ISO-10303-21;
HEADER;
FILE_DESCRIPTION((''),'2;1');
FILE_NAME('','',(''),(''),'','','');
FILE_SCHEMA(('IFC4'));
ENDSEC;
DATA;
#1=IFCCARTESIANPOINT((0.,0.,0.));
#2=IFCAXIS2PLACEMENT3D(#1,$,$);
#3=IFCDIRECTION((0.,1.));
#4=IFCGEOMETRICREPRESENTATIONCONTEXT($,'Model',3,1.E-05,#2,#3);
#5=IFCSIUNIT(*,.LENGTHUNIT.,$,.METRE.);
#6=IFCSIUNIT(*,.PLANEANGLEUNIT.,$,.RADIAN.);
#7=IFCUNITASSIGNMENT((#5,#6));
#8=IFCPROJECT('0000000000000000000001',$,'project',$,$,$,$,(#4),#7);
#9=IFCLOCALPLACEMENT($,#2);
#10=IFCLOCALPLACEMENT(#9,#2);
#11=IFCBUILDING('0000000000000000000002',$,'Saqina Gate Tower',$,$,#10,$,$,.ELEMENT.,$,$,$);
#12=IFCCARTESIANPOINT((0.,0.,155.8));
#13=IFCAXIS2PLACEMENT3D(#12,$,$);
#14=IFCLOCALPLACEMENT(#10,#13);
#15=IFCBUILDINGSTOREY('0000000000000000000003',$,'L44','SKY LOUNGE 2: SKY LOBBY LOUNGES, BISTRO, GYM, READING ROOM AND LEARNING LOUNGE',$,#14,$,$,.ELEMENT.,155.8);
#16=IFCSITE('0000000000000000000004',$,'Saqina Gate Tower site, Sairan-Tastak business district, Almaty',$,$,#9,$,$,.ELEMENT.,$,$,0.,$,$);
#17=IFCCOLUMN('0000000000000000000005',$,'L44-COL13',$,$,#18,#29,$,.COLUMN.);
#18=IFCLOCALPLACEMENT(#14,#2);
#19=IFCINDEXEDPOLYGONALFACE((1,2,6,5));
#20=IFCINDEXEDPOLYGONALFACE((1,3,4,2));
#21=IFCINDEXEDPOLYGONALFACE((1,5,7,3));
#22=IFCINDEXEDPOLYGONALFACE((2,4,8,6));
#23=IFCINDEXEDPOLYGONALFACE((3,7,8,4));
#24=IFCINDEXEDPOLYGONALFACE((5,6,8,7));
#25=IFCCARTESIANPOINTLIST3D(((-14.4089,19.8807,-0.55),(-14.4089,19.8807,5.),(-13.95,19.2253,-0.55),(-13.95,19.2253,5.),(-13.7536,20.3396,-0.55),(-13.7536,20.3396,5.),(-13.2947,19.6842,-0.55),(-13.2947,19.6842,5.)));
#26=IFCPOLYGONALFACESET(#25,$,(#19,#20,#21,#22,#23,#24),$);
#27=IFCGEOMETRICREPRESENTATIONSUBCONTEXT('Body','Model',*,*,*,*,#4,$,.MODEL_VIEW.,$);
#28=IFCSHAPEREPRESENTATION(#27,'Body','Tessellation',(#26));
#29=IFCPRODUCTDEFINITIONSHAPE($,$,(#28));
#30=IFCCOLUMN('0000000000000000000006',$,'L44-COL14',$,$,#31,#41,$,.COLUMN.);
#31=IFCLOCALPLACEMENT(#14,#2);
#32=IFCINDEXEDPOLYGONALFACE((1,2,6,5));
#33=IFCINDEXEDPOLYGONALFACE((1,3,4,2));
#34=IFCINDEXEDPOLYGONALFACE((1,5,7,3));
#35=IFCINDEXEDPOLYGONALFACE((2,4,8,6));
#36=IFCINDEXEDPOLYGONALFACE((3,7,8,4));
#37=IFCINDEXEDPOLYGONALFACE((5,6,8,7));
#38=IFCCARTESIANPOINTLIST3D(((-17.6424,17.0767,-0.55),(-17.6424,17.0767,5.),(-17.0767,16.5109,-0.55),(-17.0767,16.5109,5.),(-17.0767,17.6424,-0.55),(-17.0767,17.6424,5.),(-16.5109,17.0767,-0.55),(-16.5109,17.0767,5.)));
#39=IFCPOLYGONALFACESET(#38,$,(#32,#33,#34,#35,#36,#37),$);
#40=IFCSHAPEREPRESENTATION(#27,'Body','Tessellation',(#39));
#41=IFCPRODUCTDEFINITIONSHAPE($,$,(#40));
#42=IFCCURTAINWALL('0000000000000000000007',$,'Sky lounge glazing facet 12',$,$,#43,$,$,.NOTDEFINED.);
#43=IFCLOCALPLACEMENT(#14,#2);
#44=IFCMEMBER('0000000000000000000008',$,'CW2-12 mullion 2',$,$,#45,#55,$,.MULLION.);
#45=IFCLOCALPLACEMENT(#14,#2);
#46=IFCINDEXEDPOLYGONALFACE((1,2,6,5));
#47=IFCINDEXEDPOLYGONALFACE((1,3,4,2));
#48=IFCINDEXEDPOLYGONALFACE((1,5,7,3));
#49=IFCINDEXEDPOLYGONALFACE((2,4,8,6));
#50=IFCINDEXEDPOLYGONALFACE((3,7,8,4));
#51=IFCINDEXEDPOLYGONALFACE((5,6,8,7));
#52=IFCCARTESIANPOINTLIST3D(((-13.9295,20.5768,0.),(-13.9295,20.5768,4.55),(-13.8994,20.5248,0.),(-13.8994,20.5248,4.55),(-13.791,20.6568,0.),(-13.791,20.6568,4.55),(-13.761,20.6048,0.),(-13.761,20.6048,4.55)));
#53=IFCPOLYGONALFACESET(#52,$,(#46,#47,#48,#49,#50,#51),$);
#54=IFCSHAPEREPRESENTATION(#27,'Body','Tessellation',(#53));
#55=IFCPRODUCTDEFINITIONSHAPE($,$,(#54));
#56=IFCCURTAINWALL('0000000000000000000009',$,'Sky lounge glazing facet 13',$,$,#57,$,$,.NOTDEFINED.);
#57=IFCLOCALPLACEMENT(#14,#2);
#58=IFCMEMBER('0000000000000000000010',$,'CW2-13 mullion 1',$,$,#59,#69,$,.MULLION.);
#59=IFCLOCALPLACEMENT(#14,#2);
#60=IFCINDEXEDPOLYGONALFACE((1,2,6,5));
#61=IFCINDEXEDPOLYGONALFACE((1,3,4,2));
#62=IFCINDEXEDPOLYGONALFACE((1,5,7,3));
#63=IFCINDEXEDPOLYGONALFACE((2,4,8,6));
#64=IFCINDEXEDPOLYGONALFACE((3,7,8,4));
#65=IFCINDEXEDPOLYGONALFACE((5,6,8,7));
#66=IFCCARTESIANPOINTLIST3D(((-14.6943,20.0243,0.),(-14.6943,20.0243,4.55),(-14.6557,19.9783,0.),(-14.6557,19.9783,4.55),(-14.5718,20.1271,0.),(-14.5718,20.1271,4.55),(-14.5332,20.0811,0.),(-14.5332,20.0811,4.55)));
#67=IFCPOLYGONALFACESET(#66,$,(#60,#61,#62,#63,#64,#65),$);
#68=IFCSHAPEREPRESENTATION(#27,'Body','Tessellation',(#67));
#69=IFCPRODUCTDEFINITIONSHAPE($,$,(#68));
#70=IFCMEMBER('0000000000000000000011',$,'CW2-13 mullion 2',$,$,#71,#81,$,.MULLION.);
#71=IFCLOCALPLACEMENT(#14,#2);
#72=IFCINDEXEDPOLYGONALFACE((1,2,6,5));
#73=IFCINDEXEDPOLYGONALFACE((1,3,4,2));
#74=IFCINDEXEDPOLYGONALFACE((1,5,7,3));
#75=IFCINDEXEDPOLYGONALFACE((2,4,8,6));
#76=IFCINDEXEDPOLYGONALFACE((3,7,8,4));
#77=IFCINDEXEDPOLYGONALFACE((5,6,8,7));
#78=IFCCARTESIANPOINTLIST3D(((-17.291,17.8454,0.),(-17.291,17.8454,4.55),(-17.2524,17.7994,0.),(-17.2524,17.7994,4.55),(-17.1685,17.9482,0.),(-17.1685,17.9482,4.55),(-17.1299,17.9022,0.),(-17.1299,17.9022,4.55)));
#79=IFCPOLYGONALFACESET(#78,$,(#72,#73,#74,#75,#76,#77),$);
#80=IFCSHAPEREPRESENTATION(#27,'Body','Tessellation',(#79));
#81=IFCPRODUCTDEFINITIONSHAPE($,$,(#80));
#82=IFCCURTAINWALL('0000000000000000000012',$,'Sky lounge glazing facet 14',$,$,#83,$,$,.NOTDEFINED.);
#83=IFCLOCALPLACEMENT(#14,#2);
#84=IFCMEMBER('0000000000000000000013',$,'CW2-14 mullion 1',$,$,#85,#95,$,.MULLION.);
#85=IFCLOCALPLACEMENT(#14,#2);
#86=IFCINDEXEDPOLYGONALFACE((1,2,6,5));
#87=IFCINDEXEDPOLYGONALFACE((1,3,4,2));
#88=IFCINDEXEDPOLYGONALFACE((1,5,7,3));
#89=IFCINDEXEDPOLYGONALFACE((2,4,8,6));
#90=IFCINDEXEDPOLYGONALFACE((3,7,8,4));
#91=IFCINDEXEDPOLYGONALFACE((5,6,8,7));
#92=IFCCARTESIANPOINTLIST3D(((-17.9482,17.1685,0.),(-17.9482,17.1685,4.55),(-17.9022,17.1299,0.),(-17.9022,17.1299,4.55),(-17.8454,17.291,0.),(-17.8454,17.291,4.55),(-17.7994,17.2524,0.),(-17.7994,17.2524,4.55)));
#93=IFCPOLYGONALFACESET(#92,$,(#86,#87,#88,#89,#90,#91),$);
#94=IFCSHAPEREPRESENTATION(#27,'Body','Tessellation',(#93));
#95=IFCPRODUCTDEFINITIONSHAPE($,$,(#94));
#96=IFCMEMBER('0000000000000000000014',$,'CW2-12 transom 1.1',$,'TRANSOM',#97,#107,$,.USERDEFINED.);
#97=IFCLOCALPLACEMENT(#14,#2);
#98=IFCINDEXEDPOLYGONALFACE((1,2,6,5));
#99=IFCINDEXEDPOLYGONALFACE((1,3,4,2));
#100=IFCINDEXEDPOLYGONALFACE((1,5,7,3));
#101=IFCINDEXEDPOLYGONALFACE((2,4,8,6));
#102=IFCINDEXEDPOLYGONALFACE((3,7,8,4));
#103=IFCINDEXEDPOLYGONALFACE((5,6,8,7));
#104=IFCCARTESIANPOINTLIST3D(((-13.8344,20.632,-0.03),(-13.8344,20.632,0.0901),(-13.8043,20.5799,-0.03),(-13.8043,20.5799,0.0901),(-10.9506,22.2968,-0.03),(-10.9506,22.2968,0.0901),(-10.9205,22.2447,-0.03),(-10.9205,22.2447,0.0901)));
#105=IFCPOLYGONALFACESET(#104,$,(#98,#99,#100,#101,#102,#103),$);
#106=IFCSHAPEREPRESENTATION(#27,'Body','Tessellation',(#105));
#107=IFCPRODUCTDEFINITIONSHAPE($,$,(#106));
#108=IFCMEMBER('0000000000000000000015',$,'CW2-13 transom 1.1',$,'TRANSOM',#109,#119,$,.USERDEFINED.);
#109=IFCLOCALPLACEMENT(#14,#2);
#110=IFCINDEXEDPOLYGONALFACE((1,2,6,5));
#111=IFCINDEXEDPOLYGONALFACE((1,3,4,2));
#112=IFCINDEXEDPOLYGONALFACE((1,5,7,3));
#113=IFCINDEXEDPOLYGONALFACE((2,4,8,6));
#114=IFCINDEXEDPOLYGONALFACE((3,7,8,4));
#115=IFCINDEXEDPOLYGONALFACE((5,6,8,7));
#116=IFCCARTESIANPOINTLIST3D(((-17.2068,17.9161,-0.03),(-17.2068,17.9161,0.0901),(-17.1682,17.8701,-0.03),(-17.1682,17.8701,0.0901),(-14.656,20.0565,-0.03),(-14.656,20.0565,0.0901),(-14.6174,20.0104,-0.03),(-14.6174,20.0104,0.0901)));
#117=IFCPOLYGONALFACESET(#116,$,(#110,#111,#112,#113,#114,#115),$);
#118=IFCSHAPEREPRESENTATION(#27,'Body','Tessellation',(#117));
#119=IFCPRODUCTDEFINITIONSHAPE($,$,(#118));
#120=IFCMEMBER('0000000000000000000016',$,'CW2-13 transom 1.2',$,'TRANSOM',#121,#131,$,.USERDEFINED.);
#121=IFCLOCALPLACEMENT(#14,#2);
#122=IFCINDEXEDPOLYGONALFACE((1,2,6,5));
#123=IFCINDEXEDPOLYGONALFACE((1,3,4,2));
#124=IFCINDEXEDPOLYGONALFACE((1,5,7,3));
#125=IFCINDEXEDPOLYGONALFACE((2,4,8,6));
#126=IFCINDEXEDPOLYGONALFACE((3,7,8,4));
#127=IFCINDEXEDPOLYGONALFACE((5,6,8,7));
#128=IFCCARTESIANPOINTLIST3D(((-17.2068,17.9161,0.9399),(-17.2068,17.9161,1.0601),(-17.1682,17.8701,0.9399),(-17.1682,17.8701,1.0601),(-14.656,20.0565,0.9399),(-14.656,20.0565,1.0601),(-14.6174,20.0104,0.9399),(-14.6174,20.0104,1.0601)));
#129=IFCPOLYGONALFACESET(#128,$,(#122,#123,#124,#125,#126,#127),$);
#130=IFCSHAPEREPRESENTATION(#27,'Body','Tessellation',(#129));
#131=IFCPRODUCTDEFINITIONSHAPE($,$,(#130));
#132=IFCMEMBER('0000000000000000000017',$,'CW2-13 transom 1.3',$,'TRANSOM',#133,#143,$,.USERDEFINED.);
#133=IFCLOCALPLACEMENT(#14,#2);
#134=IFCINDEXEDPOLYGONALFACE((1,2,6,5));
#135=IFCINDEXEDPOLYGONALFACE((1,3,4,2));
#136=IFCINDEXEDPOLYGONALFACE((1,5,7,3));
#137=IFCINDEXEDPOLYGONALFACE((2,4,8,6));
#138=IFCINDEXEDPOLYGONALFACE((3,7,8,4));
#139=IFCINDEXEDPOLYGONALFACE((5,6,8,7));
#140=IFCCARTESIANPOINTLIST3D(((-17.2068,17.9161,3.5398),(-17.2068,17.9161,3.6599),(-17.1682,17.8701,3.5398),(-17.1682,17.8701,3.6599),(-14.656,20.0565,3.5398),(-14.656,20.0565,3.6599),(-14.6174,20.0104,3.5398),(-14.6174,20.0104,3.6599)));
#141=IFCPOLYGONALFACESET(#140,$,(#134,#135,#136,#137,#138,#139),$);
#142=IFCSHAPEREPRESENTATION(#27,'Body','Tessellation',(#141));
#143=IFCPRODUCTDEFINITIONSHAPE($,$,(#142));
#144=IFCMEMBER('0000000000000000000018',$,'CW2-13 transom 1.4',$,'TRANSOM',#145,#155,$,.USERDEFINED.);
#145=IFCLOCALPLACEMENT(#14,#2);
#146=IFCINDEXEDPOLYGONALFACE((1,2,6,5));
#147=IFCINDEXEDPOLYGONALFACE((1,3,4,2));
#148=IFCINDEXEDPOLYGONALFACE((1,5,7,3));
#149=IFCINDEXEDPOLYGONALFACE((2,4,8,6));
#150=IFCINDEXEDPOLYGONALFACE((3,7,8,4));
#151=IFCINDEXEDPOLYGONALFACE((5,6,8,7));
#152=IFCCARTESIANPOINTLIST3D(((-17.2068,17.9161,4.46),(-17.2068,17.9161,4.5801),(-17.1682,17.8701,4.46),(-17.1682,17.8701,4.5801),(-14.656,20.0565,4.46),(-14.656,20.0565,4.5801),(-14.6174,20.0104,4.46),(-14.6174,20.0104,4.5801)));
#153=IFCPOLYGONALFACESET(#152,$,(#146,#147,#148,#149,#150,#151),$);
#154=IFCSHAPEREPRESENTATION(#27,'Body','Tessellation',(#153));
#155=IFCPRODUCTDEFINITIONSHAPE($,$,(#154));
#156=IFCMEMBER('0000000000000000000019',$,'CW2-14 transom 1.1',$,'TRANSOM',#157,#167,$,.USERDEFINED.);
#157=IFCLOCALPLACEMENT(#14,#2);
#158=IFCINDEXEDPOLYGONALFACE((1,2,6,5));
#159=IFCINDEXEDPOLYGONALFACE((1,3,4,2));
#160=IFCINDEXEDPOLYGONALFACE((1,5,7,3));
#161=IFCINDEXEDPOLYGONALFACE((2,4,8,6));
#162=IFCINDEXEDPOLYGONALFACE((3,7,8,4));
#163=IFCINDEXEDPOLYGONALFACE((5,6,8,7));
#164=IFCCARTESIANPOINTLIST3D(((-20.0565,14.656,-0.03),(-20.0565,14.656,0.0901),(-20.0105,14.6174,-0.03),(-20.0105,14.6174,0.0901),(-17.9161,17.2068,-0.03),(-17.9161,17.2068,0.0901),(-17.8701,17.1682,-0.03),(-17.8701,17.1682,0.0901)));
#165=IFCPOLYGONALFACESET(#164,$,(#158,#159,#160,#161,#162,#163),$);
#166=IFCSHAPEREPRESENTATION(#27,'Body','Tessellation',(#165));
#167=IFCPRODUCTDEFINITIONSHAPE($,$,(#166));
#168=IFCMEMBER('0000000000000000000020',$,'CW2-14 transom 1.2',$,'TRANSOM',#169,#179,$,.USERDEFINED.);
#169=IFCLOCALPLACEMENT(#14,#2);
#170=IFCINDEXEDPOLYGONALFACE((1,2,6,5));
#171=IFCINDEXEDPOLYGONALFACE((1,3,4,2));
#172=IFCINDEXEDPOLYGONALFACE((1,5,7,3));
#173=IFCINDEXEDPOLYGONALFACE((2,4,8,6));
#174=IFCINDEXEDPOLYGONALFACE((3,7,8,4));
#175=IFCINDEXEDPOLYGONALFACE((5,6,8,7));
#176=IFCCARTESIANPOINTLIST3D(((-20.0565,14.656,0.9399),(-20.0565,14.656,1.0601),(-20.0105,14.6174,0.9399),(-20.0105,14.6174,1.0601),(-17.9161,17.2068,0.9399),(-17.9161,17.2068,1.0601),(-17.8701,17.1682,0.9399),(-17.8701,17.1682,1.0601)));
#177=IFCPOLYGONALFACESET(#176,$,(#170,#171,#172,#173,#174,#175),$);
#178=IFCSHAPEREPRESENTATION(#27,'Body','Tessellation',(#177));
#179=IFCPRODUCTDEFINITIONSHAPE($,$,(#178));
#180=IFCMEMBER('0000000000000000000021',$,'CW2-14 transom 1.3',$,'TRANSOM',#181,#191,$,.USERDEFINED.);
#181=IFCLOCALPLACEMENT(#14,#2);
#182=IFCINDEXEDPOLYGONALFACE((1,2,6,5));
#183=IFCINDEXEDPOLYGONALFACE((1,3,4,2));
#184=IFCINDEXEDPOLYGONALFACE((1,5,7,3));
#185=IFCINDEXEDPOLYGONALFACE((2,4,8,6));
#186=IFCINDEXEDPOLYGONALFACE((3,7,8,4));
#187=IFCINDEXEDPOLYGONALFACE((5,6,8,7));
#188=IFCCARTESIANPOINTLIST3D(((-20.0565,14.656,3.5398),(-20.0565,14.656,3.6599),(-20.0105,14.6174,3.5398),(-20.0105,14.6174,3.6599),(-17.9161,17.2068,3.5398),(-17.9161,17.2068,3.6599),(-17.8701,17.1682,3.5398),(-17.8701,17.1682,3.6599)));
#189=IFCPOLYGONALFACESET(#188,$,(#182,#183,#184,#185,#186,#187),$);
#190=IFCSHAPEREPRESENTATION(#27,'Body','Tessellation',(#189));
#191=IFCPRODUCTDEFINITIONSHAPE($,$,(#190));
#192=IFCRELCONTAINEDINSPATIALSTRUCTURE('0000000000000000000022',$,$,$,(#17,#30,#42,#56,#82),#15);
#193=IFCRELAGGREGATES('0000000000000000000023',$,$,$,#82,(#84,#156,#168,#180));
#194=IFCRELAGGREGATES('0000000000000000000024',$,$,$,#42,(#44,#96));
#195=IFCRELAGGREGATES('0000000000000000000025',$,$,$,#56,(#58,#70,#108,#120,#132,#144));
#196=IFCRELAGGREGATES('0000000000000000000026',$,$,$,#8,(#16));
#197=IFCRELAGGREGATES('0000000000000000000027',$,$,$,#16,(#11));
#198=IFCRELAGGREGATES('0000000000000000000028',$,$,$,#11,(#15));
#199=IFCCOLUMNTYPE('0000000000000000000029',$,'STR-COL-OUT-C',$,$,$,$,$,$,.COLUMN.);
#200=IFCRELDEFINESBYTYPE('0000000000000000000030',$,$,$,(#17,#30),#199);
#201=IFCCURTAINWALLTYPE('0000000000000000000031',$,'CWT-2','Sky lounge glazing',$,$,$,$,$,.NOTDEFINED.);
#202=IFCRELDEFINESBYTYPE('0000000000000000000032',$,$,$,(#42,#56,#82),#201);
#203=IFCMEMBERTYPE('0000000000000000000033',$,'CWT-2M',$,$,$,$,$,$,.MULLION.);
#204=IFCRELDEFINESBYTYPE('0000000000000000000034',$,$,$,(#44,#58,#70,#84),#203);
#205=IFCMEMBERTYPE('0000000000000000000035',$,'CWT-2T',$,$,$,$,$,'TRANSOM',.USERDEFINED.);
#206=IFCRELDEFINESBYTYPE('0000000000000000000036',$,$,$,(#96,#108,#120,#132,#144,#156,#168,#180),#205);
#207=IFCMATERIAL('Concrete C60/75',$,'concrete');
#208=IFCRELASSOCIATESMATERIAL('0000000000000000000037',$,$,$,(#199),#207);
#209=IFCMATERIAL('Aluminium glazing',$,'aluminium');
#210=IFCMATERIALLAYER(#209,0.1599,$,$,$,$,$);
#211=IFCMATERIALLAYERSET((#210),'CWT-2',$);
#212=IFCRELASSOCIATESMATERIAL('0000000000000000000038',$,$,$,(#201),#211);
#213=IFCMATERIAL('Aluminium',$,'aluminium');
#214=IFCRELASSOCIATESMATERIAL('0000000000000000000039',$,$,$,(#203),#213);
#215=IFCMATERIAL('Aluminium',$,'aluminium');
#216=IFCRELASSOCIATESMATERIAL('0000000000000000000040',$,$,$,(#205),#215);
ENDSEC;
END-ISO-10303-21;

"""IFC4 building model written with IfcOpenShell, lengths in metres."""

from ifc_helpers import new_model, si_unit, direction, frame, origin, origin_2d, place, context, subcontext, project, spatial, rectangle, extrude, material, layer, layer_set, material_profile, profile_set, type_object, element, aggregate, save


model = new_model("IFC4")

# Units and contexts
model_context = context("Model", 3, precision=1e-05, world=origin(), true_north=direction((0.0, 1.0)))
body_context = subcontext(model_context, "Body", "Model", "MODEL_VIEW")
ifc_project = project(units=[si_unit("LENGTHUNIT", "METRE"), si_unit("PLANEANGLEUNIT", "RADIAN")], contexts=[model_context])

# Site, building, storey
site_placement = place(None, origin())
site = spatial("IfcSite", under=ifc_project, at=site_placement, Name="Saqina Gate Tower site, Sairan-Tastak business district, Almaty", CompositionType="ELEMENT", RefElevation=0.0)
building_placement = place(site_placement, origin())
building = spatial("IfcBuilding", under=site, at=building_placement, Name="Saqina Gate Tower", CompositionType="ELEMENT")
storey_placement = place(building_placement, frame((0.0, 0.0, 155.8)))
storey = spatial("IfcBuildingStorey", under=building, at=storey_placement, Name="L44", Description="SKY LOUNGE 2: SKY LOBBY LOUNGES, BISTRO, GYM, READING ROOM AND LEARNING LOUNGE", CompositionType="ELEMENT", Elevation=155.8)

# Columns
ifc_material_1 = material(Name="Concrete C60/75", Category="concrete")
ifc_material_profile_1 = material_profile(ifc_material_1, rectangle(XDim=0.8, YDim=0.8, at=origin_2d()), Name="RC 800x800")
ifc_profile_set_1 = profile_set([ifc_material_profile_1], Name="Concrete C60/75")
column_type = type_object("IfcColumnType", Name="STR-COL-OUT-C", PredefinedType="COLUMN", material=ifc_profile_set_1)
for number, where, z_axis, x_axis, name in (
    (1, (-13.8518, 19.7825, -0.55), (0.0, 0.0, 1.0), (-0.573576, 0.819152, 0.0), "L44-COL13"),
    (2, (-17.0767, 17.0767, -0.55), (0.0, 0.0, 1.0), (-0.707107, 0.707107, 0.0), "L44-COL14"),
):
    element("IfcColumn", number, at=place(storey_placement, frame(where, z_axis=z_axis, x_axis=x_axis)), inside=storey, type_object=column_type, Name=name, PredefinedType="COLUMN", context=body_context, shape_type="SweptSolid", body=[
        extrude(rectangle(XDim=0.8, YDim=0.8, at=origin_2d()), origin(), (0.0, 0.0, 1.0), 5.55),
    ])

# Curtain wall, member
ifc_material_2 = material(Name="Aluminium glazing", Category="aluminium")
ifc_layer_1 = layer(ifc_material_2, 0.1599)
ifc_layer_set_1 = layer_set([ifc_layer_1], Name="CWT-2")
curtain_wall_type = type_object("IfcCurtainWallType", Name="CWT-2", Description="Sky lounge glazing", PredefinedType="NOTDEFINED", material=ifc_layer_set_1)
curtain_wall_1_placement = place(storey_placement, origin())
curtain_wall_1 = element("IfcCurtainWall", 3, at=curtain_wall_1_placement, inside=storey, type_object=curtain_wall_type, Name="Sky lounge glazing facet 12", PredefinedType="NOTDEFINED")
ifc_material_3 = material(Name="Aluminium", Category="aluminium")
ifc_material_profile_2 = material_profile(ifc_material_3, rectangle(XDim=0.0601, YDim=0.1599, at=origin_2d()), Name="Aluminium 60x160")
ifc_profile_set_2 = profile_set([ifc_material_profile_2], Name="Aluminium")
member_type_1 = type_object("IfcMemberType", Name="CWT-2M", PredefinedType="MULLION", material=ifc_profile_set_2)
member_1_placement = place(storey_placement, frame((-13.8452, 20.5908, 0.0), z_axis=(0.0, 0.0, 1.0), x_axis=(0.500014, -0.866017, 0.0)))
member_1 = element("IfcMember", 4, at=member_1_placement, type_object=member_type_1, Name="CW2-12 mullion 2", PredefinedType="MULLION", context=body_context, shape_type="SweptSolid", body=[
    extrude(rectangle(XDim=0.0601, YDim=0.1599, at=origin_2d()), origin(), (0.0, 0.0, 1.0), 4.55),
])

# Curtain wall, members
curtain_wall_2_placement = place(storey_placement, origin())
curtain_wall_2 = element("IfcCurtainWall", 5, at=curtain_wall_2_placement, inside=storey, type_object=curtain_wall_type, Name="Sky lounge glazing facet 13", PredefinedType="NOTDEFINED")
member_2_placement = place(storey_placement, frame((-14.6138, 20.0527, 0.0), z_axis=(0.0, 0.0, 1.0), x_axis=(0.64279, -0.766043, 0.0)))
member_2 = element("IfcMember", 6, at=member_2_placement, type_object=member_type_1, Name="CW2-13 mullion 1", PredefinedType="MULLION", context=body_context, shape_type="SweptSolid", body=[
    extrude(rectangle(XDim=0.0601, YDim=0.1599, at=origin_2d()), origin(), (0.0, 0.0, 1.0), 4.55),
])
member_3_placement = place(storey_placement, frame((-17.2104, 17.8738, 0.0), z_axis=(0.0, 0.0, 1.0), x_axis=(0.64279, -0.766043, 0.0)))
member_3 = element("IfcMember", 7, at=member_3_placement, type_object=member_type_1, Name="CW2-13 mullion 2", PredefinedType="MULLION", context=body_context, shape_type="SweptSolid", body=[
    extrude(rectangle(XDim=0.0601, YDim=0.1599, at=origin_2d()), origin(), (0.0, 0.0, 1.0), 4.55),
])

# Curtain wall, member
curtain_wall_3_placement = place(storey_placement, origin())
curtain_wall_3 = element("IfcCurtainWall", 8, at=curtain_wall_3_placement, inside=storey, type_object=curtain_wall_type, Name="Sky lounge glazing facet 14", PredefinedType="NOTDEFINED")
member_4_placement = place(storey_placement, frame((-17.8738, 17.2104, 0.0), z_axis=(0.0, 0.0, 1.0), x_axis=(0.766043, -0.64279, 0.0)))
member_4 = element("IfcMember", 9, at=member_4_placement, type_object=member_type_1, Name="CW2-14 mullion 1", PredefinedType="MULLION", context=body_context, shape_type="SweptSolid", body=[
    extrude(rectangle(XDim=0.0601, YDim=0.1599, at=origin_2d()), origin(), (0.0, 0.0, 1.0), 4.55),
])

# Members
ifc_material_4 = material(Name="Aluminium", Category="aluminium")
ifc_material_profile_3 = material_profile(ifc_material_4, rectangle(XDim=0.0601, YDim=0.1201, at=origin_2d()), Name="Aluminium 60x120")
ifc_profile_set_3 = profile_set([ifc_material_profile_3], Name="Aluminium")
member_type_2 = type_object("IfcMemberType", Name="CWT-2T", ElementType="TRANSOM", PredefinedType="USERDEFINED", material=ifc_profile_set_3)
member_5_placement = place(storey_placement, frame((-10.9355, 22.2708, 0.03), z_axis=(-0.866046, -0.499964, 0.0), x_axis=(0.499964, -0.866046, 0.0)))
member_5 = element("IfcMember", 10, at=member_5_placement, type_object=member_type_2, Name="CW2-12 transom 1.1", ObjectType="TRANSOM", PredefinedType="USERDEFINED", context=body_context, shape_type="SweptSolid", body=[
    extrude(rectangle(XDim=0.0601, YDim=0.1201, at=origin_2d()), origin(), (0.0, 0.0, 1.0), 3.3298),
])
member_6_placement = place(storey_placement, frame((-14.6367, 20.0334, 0.03), z_axis=(-0.766041, -0.642791, 0.0), x_axis=(0.642791, -0.766041, 0.0)))
member_6 = element("IfcMember", 11, at=member_6_placement, type_object=member_type_2, Name="CW2-13 transom 1.1", ObjectType="TRANSOM", PredefinedType="USERDEFINED", context=body_context, shape_type="SweptSolid", body=[
    extrude(rectangle(XDim=0.0601, YDim=0.1201, at=origin_2d()), origin(), (0.0, 0.0, 1.0), 3.3298),
])
member_7_placement = place(storey_placement, frame((-14.6367, 20.0334, 1.0), z_axis=(-0.766041, -0.642791, 0.0), x_axis=(0.642791, -0.766041, 0.0)))
member_7 = element("IfcMember", 12, at=member_7_placement, type_object=member_type_2, Name="CW2-13 transom 1.2", ObjectType="TRANSOM", PredefinedType="USERDEFINED", context=body_context, shape_type="SweptSolid", body=[
    extrude(rectangle(XDim=0.0601, YDim=0.1201, at=origin_2d()), origin(), (0.0, 0.0, 1.0), 3.3298),
])
member_8_placement = place(storey_placement, frame((-14.6367, 20.0334, 3.5999), z_axis=(-0.766041, -0.642791, 0.0), x_axis=(0.642791, -0.766041, 0.0)))
member_8 = element("IfcMember", 13, at=member_8_placement, type_object=member_type_2, Name="CW2-13 transom 1.3", ObjectType="TRANSOM", PredefinedType="USERDEFINED", context=body_context, shape_type="SweptSolid", body=[
    extrude(rectangle(XDim=0.0601, YDim=0.1201, at=origin_2d()), origin(), (0.0, 0.0, 1.0), 3.3298),
])
member_9_placement = place(storey_placement, frame((-14.6367, 20.0334, 4.52), z_axis=(-0.766041, -0.642791, 0.0), x_axis=(0.642791, -0.766041, 0.0)))
member_9 = element("IfcMember", 14, at=member_9_placement, type_object=member_type_2, Name="CW2-13 transom 1.4", ObjectType="TRANSOM", PredefinedType="USERDEFINED", context=body_context, shape_type="SweptSolid", body=[
    extrude(rectangle(XDim=0.0601, YDim=0.1201, at=origin_2d()), origin(), (0.0, 0.0, 1.0), 3.3298),
])
member_10_placement = place(storey_placement, frame((-17.8931, 17.1875, 0.03), z_axis=(-0.642791, -0.766041, 0.0), x_axis=(0.766041, -0.642791, 0.0)))
member_10 = element("IfcMember", 15, at=member_10_placement, type_object=member_type_2, Name="CW2-14 transom 1.1", ObjectType="TRANSOM", PredefinedType="USERDEFINED", context=body_context, shape_type="SweptSolid", body=[
    extrude(rectangle(XDim=0.0601, YDim=0.1201, at=origin_2d()), origin(), (0.0, 0.0, 1.0), 3.3298),
])
member_11_placement = place(storey_placement, frame((-17.8931, 17.1875, 1.0), z_axis=(-0.642791, -0.766041, 0.0), x_axis=(0.766041, -0.642791, 0.0)))
member_11 = element("IfcMember", 16, at=member_11_placement, type_object=member_type_2, Name="CW2-14 transom 1.2", ObjectType="TRANSOM", PredefinedType="USERDEFINED", context=body_context, shape_type="SweptSolid", body=[
    extrude(rectangle(XDim=0.0601, YDim=0.1201, at=origin_2d()), origin(), (0.0, 0.0, 1.0), 3.3298),
])
member_12_placement = place(storey_placement, frame((-17.8931, 17.1875, 3.5999), z_axis=(-0.642791, -0.766041, 0.0), x_axis=(0.766041, -0.642791, 0.0)))
member_12 = element("IfcMember", 17, at=member_12_placement, type_object=member_type_2, Name="CW2-14 transom 1.3", ObjectType="TRANSOM", PredefinedType="USERDEFINED", context=body_context, shape_type="SweptSolid", body=[
    extrude(rectangle(XDim=0.0601, YDim=0.1201, at=origin_2d()), origin(), (0.0, 0.0, 1.0), 3.3298),
])
aggregate(curtain_wall_3, [member_4, member_10, member_11, member_12])

aggregate(curtain_wall_1, [member_1, member_5])
aggregate(curtain_wall_2, [member_2, member_3, member_6, member_7, member_8, member_9])

save(model, "model.ifc")
